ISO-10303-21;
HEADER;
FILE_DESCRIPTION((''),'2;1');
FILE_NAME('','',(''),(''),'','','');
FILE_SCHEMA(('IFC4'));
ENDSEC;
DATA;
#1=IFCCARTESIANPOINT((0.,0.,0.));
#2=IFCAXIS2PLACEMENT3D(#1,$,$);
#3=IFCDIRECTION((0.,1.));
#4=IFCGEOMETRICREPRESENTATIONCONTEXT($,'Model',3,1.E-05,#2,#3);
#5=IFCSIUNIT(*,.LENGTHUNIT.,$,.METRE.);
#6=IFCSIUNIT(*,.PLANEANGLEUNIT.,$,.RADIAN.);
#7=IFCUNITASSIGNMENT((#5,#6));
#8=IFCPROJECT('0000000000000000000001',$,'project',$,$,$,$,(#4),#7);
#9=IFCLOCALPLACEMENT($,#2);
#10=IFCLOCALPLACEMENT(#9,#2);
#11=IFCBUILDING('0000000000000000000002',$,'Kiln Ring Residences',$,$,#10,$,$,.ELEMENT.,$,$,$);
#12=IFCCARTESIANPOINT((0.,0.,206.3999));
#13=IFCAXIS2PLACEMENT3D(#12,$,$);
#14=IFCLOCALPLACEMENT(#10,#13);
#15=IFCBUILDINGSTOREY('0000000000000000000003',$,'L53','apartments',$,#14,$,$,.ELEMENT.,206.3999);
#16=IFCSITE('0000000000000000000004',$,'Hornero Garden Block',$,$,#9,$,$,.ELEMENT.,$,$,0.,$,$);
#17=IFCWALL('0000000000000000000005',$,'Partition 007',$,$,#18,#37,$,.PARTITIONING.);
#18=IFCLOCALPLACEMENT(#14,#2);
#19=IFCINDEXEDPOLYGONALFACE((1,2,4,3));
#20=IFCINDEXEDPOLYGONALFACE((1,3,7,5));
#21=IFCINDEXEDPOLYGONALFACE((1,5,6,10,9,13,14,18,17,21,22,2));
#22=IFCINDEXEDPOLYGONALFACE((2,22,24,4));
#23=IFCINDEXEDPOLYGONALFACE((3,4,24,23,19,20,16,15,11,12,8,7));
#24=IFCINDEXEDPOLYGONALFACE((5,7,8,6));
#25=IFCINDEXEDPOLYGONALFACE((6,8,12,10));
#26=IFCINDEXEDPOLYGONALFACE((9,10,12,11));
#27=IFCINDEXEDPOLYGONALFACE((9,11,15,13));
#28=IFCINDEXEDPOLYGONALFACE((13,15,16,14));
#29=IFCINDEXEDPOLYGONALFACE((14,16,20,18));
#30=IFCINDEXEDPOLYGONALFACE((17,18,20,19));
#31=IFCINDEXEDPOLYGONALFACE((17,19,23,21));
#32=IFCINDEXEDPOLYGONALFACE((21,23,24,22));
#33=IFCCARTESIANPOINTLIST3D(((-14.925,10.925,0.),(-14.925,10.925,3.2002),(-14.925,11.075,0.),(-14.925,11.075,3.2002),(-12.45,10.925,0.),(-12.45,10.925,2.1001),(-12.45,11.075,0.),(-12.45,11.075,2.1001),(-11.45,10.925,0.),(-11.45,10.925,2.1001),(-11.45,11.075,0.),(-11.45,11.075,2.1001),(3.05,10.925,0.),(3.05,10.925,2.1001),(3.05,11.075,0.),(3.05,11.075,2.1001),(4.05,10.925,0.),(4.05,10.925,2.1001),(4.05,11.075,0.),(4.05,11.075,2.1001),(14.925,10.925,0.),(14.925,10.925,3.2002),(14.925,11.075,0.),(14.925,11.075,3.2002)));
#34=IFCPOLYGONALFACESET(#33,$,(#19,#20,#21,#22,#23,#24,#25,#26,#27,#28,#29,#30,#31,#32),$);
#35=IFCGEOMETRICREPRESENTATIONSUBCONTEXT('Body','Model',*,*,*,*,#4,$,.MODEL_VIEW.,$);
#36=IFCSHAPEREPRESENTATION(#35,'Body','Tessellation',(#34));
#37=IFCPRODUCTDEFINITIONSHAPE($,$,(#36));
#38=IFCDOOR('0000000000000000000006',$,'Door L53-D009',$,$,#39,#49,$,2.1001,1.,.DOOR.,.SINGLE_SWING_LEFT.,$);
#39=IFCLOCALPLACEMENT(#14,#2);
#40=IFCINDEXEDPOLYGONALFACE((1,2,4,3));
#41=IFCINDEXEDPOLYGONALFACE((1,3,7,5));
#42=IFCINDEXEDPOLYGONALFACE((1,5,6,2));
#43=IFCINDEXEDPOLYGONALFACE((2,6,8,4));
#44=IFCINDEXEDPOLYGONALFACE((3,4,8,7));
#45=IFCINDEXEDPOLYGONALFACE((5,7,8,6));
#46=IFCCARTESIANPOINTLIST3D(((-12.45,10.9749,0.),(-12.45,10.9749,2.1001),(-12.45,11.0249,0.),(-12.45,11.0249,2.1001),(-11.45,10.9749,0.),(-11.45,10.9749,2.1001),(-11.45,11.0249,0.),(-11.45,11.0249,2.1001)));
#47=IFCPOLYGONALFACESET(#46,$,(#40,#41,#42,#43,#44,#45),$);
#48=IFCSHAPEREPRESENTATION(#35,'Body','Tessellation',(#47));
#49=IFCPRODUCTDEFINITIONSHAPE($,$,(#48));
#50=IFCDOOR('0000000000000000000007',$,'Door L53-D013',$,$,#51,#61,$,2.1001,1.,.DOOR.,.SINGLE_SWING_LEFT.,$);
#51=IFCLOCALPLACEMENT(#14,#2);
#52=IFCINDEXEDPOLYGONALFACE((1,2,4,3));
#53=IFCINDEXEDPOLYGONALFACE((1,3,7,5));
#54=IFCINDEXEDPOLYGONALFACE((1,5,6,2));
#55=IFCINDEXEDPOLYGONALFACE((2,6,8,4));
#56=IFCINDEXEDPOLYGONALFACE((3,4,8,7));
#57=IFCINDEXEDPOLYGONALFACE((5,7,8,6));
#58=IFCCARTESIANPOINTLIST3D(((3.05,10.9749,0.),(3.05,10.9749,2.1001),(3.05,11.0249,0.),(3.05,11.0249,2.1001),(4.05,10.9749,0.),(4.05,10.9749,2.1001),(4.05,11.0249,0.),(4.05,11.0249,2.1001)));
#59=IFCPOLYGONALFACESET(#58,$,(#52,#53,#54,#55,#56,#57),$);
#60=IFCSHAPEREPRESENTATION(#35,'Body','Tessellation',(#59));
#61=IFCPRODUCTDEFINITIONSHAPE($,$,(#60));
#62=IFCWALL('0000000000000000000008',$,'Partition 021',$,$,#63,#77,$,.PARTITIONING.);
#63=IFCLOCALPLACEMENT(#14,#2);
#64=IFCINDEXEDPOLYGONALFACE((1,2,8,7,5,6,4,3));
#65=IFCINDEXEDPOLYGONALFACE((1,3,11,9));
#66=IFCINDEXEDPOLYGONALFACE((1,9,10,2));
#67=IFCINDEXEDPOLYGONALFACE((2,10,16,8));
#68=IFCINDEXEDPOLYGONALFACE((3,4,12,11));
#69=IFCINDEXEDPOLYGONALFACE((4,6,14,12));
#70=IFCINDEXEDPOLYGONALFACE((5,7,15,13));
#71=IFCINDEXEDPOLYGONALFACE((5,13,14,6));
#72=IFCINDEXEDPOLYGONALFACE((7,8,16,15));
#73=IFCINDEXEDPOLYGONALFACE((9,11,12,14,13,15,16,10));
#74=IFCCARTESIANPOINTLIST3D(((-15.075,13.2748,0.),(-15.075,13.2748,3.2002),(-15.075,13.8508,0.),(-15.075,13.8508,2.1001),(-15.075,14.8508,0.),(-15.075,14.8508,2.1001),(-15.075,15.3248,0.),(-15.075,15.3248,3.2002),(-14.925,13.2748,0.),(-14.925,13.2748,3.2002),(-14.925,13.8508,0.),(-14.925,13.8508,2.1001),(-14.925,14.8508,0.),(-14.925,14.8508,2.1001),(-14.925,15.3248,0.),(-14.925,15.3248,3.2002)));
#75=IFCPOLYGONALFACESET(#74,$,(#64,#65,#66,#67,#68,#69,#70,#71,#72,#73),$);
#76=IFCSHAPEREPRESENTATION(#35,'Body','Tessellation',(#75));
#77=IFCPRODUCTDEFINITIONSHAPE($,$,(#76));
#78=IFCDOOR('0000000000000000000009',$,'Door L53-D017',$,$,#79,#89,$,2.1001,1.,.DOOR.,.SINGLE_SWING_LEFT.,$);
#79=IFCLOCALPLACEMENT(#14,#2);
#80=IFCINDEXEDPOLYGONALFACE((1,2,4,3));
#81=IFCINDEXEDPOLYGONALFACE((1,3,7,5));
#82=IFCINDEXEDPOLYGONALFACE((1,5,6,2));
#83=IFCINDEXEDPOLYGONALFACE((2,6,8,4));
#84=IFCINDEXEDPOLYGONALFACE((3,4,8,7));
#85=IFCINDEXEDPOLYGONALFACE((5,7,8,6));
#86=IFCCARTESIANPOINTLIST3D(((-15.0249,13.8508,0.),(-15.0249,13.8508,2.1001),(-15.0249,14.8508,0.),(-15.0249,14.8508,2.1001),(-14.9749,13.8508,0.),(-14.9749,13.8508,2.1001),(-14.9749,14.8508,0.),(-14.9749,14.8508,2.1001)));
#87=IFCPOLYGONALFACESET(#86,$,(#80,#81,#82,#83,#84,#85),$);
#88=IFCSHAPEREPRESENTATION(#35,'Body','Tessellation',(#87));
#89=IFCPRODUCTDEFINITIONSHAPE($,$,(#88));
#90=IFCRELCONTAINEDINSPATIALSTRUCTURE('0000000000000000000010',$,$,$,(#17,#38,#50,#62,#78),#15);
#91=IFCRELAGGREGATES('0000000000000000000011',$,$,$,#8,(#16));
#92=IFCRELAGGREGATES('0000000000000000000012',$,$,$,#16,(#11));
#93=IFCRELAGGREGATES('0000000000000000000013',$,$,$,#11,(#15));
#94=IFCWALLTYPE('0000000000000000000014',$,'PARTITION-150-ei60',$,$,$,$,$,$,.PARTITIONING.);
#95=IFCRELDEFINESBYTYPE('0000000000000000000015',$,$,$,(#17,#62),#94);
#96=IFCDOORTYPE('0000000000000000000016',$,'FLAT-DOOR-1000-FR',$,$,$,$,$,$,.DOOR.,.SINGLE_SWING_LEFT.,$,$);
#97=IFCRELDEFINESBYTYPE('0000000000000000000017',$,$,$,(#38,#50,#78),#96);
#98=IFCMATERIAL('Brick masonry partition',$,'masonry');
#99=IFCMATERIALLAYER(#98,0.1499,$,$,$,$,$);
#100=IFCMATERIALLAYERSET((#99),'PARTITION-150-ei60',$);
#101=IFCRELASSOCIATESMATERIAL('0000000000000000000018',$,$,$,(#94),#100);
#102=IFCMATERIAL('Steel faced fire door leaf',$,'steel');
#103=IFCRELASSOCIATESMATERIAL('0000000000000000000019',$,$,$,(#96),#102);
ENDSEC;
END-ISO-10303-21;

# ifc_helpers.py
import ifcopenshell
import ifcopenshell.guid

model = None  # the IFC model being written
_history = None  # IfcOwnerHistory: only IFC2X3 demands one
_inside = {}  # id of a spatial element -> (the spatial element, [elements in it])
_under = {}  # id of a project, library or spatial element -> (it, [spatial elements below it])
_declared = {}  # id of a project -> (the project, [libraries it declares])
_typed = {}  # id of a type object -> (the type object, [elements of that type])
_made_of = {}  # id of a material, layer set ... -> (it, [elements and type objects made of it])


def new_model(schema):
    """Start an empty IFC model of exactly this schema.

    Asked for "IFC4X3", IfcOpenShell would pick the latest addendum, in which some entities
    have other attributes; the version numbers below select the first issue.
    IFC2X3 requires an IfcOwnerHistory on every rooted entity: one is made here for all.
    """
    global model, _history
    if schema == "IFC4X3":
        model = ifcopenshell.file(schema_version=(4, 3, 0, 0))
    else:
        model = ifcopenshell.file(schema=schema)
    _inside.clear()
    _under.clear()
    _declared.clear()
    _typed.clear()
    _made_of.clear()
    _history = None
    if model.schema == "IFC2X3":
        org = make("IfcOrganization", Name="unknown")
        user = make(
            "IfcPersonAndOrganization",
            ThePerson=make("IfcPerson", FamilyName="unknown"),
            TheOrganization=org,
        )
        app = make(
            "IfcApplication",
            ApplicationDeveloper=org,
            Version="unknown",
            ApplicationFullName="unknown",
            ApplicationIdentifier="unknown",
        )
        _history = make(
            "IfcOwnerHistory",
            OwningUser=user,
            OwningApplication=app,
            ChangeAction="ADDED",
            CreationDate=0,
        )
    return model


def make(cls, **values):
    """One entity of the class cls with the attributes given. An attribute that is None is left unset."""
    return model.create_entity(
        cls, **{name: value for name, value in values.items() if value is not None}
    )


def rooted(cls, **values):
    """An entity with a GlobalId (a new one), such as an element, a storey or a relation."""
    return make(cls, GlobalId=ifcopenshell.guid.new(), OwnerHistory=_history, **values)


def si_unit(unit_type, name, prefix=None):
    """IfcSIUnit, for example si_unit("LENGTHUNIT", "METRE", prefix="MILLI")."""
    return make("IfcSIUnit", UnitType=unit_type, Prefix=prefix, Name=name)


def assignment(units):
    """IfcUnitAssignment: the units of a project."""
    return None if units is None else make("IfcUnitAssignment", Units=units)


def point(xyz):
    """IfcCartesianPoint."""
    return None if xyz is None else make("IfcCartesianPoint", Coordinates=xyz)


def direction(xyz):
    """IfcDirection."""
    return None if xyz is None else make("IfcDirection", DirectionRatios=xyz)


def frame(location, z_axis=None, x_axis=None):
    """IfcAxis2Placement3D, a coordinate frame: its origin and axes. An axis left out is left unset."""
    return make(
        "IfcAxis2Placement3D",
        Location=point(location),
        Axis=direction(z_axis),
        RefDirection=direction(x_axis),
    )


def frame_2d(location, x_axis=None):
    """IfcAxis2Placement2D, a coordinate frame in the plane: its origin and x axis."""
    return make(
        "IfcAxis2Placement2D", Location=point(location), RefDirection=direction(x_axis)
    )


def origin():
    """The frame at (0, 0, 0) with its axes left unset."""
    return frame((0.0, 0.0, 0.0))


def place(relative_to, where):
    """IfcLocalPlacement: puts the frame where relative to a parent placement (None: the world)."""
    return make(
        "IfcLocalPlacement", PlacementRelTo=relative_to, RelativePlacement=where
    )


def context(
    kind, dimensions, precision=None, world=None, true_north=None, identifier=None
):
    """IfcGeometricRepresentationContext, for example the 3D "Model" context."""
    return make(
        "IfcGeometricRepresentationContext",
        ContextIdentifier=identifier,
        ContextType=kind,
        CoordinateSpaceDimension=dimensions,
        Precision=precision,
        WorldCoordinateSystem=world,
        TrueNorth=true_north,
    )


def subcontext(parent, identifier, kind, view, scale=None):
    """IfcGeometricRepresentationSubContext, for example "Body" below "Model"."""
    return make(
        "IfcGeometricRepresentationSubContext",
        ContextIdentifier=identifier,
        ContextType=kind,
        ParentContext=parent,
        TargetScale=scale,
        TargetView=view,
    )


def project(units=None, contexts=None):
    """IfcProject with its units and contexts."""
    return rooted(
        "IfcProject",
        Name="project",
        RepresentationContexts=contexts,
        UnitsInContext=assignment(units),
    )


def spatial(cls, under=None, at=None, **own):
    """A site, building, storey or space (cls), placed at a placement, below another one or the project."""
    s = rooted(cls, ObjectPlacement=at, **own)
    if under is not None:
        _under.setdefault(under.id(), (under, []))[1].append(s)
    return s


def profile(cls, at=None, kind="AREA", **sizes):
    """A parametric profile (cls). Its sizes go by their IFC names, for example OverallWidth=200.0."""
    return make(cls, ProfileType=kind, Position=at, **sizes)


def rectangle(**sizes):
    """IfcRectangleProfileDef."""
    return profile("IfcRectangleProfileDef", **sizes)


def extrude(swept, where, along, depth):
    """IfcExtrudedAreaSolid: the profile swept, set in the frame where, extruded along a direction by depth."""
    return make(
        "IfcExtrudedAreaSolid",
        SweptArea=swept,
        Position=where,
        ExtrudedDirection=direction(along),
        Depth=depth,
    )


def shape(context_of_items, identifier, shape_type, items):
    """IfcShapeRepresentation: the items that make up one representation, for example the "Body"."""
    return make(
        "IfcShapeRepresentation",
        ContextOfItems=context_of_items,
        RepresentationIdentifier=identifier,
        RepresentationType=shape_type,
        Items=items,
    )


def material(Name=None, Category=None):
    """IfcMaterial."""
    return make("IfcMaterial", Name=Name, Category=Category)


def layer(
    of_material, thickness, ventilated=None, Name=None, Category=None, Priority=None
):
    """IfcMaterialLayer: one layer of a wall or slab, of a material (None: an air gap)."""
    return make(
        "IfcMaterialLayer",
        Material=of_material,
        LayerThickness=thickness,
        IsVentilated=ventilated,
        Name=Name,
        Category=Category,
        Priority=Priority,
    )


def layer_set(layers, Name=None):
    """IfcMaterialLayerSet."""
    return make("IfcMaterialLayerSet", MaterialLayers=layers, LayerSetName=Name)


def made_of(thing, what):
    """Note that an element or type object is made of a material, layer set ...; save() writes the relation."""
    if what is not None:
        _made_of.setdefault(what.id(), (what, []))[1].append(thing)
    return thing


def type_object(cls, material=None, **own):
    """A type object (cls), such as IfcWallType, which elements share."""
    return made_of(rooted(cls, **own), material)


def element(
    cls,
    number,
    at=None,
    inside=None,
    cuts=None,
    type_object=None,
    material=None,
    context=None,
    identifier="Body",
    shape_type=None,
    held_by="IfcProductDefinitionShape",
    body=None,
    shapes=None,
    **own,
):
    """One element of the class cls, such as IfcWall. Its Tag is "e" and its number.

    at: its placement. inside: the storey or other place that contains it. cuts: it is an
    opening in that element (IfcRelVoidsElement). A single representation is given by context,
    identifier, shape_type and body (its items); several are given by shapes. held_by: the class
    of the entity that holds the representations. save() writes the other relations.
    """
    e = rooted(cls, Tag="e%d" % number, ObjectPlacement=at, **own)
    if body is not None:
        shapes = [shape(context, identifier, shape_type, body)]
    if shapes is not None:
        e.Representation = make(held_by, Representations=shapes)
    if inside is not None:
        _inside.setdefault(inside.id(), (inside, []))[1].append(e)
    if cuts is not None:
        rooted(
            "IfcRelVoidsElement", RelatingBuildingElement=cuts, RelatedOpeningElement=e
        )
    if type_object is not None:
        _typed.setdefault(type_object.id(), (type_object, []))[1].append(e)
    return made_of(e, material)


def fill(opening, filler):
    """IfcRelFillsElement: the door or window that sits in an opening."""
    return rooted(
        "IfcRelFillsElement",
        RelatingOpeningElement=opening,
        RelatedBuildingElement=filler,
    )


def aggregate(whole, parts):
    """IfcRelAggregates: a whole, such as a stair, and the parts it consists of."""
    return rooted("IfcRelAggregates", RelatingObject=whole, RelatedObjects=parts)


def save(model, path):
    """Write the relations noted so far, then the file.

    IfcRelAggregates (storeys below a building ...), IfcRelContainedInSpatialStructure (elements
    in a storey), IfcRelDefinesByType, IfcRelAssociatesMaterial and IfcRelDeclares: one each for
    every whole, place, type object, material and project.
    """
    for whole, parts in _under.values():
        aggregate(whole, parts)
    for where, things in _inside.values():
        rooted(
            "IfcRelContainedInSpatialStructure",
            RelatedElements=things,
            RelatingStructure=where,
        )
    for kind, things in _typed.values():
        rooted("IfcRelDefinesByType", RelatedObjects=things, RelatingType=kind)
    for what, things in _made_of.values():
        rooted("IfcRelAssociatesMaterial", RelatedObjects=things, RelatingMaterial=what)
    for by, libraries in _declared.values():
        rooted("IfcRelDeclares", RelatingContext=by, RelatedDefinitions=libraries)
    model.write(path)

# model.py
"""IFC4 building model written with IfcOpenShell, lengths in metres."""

from ifc_helpers import new_model, si_unit, direction, frame, frame_2d, origin, place, context, subcontext, project, spatial, rectangle, extrude, material, layer, layer_set, type_object, element, fill, save


model = new_model("IFC4")

# Units and contexts
model_context = context("Model", 3, precision=1e-05, world=origin(), true_north=direction((0.0, 1.0)))
body_context = subcontext(model_context, "Body", "Model", "MODEL_VIEW")
ifc_project = project(units=[si_unit("LENGTHUNIT", "METRE"), si_unit("PLANEANGLEUNIT", "RADIAN")], contexts=[model_context])

# Site, building, storey
site_placement = place(None, origin())
site = spatial("IfcSite", under=ifc_project, at=site_placement, Name="Hornero Garden Block", CompositionType="ELEMENT", RefElevation=0.0)
building_placement = place(site_placement, origin())
building = spatial("IfcBuilding", under=site, at=building_placement, Name="Kiln Ring Residences", CompositionType="ELEMENT")
storey_placement = place(building_placement, frame((0.0, 0.0, 206.3999)))
storey = spatial("IfcBuildingStorey", under=building, at=storey_placement, Name="L53", Description="apartments", CompositionType="ELEMENT", Elevation=206.3999)

# Wall, openings, doors
ifc_material_1 = material(Name="Brick masonry partition", Category="masonry")
ifc_layer_1 = layer(ifc_material_1, 0.1499)
ifc_layer_set_1 = layer_set([ifc_layer_1], Name="PARTITION-150-ei60")
wall_type_1 = type_object("IfcWallType", Name="PARTITION-150-ei60", PredefinedType="PARTITIONING", material=ifc_layer_set_1)
wall_1_placement = place(storey_placement, frame((-14.925, 11.0, 0.0), z_axis=(0.0, 0.0, 1.0), x_axis=(1.0, 0.0, 0.0)))
wall_1 = element("IfcWall", 1, at=wall_1_placement, inside=storey, type_object=wall_type_1, Name="Partition 007", PredefinedType="PARTITIONING", context=body_context, shape_type="SweptSolid", body=[
    extrude(rectangle(XDim=29.8501, YDim=0.1499, at=frame_2d((14.925, 0.0))), origin(), (0.0, 0.0, 1.0), 3.2002),
])
opening_1_placement = place(wall_1_placement, frame((2.4751, 0.0, 0.0)))
opening_1 = element("IfcOpeningElement", 2, at=opening_1_placement, cuts=wall_1, PredefinedType="OPENING", context=body_context, shape_type="SweptSolid", body=[
    extrude(rectangle(XDim=1.0, YDim=2.1001, at=frame_2d((0.5, 1.05))), frame((0.0, 0.085, 0.0), z_axis=(0.0, -1.0, 0.0), x_axis=(1.0, 0.0, 0.0)), (0.0, 0.0, 1.0), 0.1699),
])
opening_2_placement = place(wall_1_placement, frame((17.9751, 0.0, 0.0)))
opening_2 = element("IfcOpeningElement", 3, at=opening_2_placement, cuts=wall_1, PredefinedType="OPENING", context=body_context, shape_type="SweptSolid", body=[
    extrude(rectangle(XDim=1.0, YDim=2.1001, at=frame_2d((0.5, 1.05))), frame((0.0, 0.085, 0.0), z_axis=(0.0, -1.0, 0.0), x_axis=(1.0, 0.0, 0.0)), (0.0, 0.0, 1.0), 0.1699),
])
ifc_material_2 = material(Name="Steel faced fire door leaf", Category="steel")
door_type_1 = type_object("IfcDoorType", Name="FLAT-DOOR-1000-FR", OperationType="SINGLE_SWING_LEFT", PredefinedType="DOOR", material=ifc_material_2)
door_1_placement = place(opening_1_placement, origin())
door_1 = element("IfcDoor", 4, at=door_1_placement, inside=storey, type_object=door_type_1, Name="Door L53-D009", OperationType="SINGLE_SWING_LEFT", OverallHeight=2.1001, OverallWidth=1.0, PredefinedType="DOOR", context=body_context, shape_type="SweptSolid", body=[
    extrude(rectangle(XDim=1.0, YDim=2.1001, at=frame_2d((0.5, 1.05))), frame((0.0, 0.0249, 0.0), z_axis=(0.0, -1.0, 0.0), x_axis=(1.0, 0.0, 0.0)), (0.0, 0.0, 1.0), 0.05),
])
fill(opening_1, door_1)
door_2_placement = place(opening_2_placement, origin())
door_2 = element("IfcDoor", 5, at=door_2_placement, inside=storey, type_object=door_type_1, Name="Door L53-D013", OperationType="SINGLE_SWING_LEFT", OverallHeight=2.1001, OverallWidth=1.0, PredefinedType="DOOR", context=body_context, shape_type="SweptSolid", body=[
    extrude(rectangle(XDim=1.0, YDim=2.1001, at=frame_2d((0.5, 1.05))), frame((0.0, 0.0249, 0.0), z_axis=(0.0, -1.0, 0.0), x_axis=(1.0, 0.0, 0.0)), (0.0, 0.0, 1.0), 0.05),
])
fill(opening_2, door_2)

# Wall, opening, door
wall_2_placement = place(storey_placement, frame((-15.0, 13.2749, 0.0), z_axis=(0.0, 0.0, 1.0), x_axis=(0.0, 1.0, 0.0)))
wall_2 = element("IfcWall", 6, at=wall_2_placement, inside=storey, type_object=wall_type_1, Name="Partition 021", PredefinedType="PARTITIONING", context=body_context, shape_type="SweptSolid", body=[
    extrude(rectangle(XDim=2.05, YDim=0.1499, at=frame_2d((1.0249, 0.0))), origin(), (0.0, 0.0, 1.0), 3.2002),
])
opening_3_placement = place(wall_2_placement, frame((0.5759, 0.0, 0.0)))
opening_3 = element("IfcOpeningElement", 7, at=opening_3_placement, cuts=wall_2, PredefinedType="OPENING", context=body_context, shape_type="SweptSolid", body=[
    extrude(rectangle(XDim=1.0, YDim=2.1001, at=frame_2d((0.5, 1.05))), frame((0.0, 0.085, 0.0), z_axis=(0.0, -1.0, 0.0), x_axis=(1.0, 0.0, 0.0)), (0.0, 0.0, 1.0), 0.1699),
])
door_3_placement = place(opening_3_placement, origin())
door_3 = element("IfcDoor", 8, at=door_3_placement, inside=storey, type_object=door_type_1, Name="Door L53-D017", OperationType="SINGLE_SWING_LEFT", OverallHeight=2.1001, OverallWidth=1.0, PredefinedType="DOOR", context=body_context, shape_type="SweptSolid", body=[
    extrude(rectangle(XDim=1.0, YDim=2.1001, at=frame_2d((0.5, 1.05))), frame((0.0, 0.0249, 0.0), z_axis=(0.0, -1.0, 0.0), x_axis=(1.0, 0.0, 0.0)), (0.0, 0.0, 1.0), 0.05),
])
fill(opening_3, door_3)

save(model, "model.ifc")
